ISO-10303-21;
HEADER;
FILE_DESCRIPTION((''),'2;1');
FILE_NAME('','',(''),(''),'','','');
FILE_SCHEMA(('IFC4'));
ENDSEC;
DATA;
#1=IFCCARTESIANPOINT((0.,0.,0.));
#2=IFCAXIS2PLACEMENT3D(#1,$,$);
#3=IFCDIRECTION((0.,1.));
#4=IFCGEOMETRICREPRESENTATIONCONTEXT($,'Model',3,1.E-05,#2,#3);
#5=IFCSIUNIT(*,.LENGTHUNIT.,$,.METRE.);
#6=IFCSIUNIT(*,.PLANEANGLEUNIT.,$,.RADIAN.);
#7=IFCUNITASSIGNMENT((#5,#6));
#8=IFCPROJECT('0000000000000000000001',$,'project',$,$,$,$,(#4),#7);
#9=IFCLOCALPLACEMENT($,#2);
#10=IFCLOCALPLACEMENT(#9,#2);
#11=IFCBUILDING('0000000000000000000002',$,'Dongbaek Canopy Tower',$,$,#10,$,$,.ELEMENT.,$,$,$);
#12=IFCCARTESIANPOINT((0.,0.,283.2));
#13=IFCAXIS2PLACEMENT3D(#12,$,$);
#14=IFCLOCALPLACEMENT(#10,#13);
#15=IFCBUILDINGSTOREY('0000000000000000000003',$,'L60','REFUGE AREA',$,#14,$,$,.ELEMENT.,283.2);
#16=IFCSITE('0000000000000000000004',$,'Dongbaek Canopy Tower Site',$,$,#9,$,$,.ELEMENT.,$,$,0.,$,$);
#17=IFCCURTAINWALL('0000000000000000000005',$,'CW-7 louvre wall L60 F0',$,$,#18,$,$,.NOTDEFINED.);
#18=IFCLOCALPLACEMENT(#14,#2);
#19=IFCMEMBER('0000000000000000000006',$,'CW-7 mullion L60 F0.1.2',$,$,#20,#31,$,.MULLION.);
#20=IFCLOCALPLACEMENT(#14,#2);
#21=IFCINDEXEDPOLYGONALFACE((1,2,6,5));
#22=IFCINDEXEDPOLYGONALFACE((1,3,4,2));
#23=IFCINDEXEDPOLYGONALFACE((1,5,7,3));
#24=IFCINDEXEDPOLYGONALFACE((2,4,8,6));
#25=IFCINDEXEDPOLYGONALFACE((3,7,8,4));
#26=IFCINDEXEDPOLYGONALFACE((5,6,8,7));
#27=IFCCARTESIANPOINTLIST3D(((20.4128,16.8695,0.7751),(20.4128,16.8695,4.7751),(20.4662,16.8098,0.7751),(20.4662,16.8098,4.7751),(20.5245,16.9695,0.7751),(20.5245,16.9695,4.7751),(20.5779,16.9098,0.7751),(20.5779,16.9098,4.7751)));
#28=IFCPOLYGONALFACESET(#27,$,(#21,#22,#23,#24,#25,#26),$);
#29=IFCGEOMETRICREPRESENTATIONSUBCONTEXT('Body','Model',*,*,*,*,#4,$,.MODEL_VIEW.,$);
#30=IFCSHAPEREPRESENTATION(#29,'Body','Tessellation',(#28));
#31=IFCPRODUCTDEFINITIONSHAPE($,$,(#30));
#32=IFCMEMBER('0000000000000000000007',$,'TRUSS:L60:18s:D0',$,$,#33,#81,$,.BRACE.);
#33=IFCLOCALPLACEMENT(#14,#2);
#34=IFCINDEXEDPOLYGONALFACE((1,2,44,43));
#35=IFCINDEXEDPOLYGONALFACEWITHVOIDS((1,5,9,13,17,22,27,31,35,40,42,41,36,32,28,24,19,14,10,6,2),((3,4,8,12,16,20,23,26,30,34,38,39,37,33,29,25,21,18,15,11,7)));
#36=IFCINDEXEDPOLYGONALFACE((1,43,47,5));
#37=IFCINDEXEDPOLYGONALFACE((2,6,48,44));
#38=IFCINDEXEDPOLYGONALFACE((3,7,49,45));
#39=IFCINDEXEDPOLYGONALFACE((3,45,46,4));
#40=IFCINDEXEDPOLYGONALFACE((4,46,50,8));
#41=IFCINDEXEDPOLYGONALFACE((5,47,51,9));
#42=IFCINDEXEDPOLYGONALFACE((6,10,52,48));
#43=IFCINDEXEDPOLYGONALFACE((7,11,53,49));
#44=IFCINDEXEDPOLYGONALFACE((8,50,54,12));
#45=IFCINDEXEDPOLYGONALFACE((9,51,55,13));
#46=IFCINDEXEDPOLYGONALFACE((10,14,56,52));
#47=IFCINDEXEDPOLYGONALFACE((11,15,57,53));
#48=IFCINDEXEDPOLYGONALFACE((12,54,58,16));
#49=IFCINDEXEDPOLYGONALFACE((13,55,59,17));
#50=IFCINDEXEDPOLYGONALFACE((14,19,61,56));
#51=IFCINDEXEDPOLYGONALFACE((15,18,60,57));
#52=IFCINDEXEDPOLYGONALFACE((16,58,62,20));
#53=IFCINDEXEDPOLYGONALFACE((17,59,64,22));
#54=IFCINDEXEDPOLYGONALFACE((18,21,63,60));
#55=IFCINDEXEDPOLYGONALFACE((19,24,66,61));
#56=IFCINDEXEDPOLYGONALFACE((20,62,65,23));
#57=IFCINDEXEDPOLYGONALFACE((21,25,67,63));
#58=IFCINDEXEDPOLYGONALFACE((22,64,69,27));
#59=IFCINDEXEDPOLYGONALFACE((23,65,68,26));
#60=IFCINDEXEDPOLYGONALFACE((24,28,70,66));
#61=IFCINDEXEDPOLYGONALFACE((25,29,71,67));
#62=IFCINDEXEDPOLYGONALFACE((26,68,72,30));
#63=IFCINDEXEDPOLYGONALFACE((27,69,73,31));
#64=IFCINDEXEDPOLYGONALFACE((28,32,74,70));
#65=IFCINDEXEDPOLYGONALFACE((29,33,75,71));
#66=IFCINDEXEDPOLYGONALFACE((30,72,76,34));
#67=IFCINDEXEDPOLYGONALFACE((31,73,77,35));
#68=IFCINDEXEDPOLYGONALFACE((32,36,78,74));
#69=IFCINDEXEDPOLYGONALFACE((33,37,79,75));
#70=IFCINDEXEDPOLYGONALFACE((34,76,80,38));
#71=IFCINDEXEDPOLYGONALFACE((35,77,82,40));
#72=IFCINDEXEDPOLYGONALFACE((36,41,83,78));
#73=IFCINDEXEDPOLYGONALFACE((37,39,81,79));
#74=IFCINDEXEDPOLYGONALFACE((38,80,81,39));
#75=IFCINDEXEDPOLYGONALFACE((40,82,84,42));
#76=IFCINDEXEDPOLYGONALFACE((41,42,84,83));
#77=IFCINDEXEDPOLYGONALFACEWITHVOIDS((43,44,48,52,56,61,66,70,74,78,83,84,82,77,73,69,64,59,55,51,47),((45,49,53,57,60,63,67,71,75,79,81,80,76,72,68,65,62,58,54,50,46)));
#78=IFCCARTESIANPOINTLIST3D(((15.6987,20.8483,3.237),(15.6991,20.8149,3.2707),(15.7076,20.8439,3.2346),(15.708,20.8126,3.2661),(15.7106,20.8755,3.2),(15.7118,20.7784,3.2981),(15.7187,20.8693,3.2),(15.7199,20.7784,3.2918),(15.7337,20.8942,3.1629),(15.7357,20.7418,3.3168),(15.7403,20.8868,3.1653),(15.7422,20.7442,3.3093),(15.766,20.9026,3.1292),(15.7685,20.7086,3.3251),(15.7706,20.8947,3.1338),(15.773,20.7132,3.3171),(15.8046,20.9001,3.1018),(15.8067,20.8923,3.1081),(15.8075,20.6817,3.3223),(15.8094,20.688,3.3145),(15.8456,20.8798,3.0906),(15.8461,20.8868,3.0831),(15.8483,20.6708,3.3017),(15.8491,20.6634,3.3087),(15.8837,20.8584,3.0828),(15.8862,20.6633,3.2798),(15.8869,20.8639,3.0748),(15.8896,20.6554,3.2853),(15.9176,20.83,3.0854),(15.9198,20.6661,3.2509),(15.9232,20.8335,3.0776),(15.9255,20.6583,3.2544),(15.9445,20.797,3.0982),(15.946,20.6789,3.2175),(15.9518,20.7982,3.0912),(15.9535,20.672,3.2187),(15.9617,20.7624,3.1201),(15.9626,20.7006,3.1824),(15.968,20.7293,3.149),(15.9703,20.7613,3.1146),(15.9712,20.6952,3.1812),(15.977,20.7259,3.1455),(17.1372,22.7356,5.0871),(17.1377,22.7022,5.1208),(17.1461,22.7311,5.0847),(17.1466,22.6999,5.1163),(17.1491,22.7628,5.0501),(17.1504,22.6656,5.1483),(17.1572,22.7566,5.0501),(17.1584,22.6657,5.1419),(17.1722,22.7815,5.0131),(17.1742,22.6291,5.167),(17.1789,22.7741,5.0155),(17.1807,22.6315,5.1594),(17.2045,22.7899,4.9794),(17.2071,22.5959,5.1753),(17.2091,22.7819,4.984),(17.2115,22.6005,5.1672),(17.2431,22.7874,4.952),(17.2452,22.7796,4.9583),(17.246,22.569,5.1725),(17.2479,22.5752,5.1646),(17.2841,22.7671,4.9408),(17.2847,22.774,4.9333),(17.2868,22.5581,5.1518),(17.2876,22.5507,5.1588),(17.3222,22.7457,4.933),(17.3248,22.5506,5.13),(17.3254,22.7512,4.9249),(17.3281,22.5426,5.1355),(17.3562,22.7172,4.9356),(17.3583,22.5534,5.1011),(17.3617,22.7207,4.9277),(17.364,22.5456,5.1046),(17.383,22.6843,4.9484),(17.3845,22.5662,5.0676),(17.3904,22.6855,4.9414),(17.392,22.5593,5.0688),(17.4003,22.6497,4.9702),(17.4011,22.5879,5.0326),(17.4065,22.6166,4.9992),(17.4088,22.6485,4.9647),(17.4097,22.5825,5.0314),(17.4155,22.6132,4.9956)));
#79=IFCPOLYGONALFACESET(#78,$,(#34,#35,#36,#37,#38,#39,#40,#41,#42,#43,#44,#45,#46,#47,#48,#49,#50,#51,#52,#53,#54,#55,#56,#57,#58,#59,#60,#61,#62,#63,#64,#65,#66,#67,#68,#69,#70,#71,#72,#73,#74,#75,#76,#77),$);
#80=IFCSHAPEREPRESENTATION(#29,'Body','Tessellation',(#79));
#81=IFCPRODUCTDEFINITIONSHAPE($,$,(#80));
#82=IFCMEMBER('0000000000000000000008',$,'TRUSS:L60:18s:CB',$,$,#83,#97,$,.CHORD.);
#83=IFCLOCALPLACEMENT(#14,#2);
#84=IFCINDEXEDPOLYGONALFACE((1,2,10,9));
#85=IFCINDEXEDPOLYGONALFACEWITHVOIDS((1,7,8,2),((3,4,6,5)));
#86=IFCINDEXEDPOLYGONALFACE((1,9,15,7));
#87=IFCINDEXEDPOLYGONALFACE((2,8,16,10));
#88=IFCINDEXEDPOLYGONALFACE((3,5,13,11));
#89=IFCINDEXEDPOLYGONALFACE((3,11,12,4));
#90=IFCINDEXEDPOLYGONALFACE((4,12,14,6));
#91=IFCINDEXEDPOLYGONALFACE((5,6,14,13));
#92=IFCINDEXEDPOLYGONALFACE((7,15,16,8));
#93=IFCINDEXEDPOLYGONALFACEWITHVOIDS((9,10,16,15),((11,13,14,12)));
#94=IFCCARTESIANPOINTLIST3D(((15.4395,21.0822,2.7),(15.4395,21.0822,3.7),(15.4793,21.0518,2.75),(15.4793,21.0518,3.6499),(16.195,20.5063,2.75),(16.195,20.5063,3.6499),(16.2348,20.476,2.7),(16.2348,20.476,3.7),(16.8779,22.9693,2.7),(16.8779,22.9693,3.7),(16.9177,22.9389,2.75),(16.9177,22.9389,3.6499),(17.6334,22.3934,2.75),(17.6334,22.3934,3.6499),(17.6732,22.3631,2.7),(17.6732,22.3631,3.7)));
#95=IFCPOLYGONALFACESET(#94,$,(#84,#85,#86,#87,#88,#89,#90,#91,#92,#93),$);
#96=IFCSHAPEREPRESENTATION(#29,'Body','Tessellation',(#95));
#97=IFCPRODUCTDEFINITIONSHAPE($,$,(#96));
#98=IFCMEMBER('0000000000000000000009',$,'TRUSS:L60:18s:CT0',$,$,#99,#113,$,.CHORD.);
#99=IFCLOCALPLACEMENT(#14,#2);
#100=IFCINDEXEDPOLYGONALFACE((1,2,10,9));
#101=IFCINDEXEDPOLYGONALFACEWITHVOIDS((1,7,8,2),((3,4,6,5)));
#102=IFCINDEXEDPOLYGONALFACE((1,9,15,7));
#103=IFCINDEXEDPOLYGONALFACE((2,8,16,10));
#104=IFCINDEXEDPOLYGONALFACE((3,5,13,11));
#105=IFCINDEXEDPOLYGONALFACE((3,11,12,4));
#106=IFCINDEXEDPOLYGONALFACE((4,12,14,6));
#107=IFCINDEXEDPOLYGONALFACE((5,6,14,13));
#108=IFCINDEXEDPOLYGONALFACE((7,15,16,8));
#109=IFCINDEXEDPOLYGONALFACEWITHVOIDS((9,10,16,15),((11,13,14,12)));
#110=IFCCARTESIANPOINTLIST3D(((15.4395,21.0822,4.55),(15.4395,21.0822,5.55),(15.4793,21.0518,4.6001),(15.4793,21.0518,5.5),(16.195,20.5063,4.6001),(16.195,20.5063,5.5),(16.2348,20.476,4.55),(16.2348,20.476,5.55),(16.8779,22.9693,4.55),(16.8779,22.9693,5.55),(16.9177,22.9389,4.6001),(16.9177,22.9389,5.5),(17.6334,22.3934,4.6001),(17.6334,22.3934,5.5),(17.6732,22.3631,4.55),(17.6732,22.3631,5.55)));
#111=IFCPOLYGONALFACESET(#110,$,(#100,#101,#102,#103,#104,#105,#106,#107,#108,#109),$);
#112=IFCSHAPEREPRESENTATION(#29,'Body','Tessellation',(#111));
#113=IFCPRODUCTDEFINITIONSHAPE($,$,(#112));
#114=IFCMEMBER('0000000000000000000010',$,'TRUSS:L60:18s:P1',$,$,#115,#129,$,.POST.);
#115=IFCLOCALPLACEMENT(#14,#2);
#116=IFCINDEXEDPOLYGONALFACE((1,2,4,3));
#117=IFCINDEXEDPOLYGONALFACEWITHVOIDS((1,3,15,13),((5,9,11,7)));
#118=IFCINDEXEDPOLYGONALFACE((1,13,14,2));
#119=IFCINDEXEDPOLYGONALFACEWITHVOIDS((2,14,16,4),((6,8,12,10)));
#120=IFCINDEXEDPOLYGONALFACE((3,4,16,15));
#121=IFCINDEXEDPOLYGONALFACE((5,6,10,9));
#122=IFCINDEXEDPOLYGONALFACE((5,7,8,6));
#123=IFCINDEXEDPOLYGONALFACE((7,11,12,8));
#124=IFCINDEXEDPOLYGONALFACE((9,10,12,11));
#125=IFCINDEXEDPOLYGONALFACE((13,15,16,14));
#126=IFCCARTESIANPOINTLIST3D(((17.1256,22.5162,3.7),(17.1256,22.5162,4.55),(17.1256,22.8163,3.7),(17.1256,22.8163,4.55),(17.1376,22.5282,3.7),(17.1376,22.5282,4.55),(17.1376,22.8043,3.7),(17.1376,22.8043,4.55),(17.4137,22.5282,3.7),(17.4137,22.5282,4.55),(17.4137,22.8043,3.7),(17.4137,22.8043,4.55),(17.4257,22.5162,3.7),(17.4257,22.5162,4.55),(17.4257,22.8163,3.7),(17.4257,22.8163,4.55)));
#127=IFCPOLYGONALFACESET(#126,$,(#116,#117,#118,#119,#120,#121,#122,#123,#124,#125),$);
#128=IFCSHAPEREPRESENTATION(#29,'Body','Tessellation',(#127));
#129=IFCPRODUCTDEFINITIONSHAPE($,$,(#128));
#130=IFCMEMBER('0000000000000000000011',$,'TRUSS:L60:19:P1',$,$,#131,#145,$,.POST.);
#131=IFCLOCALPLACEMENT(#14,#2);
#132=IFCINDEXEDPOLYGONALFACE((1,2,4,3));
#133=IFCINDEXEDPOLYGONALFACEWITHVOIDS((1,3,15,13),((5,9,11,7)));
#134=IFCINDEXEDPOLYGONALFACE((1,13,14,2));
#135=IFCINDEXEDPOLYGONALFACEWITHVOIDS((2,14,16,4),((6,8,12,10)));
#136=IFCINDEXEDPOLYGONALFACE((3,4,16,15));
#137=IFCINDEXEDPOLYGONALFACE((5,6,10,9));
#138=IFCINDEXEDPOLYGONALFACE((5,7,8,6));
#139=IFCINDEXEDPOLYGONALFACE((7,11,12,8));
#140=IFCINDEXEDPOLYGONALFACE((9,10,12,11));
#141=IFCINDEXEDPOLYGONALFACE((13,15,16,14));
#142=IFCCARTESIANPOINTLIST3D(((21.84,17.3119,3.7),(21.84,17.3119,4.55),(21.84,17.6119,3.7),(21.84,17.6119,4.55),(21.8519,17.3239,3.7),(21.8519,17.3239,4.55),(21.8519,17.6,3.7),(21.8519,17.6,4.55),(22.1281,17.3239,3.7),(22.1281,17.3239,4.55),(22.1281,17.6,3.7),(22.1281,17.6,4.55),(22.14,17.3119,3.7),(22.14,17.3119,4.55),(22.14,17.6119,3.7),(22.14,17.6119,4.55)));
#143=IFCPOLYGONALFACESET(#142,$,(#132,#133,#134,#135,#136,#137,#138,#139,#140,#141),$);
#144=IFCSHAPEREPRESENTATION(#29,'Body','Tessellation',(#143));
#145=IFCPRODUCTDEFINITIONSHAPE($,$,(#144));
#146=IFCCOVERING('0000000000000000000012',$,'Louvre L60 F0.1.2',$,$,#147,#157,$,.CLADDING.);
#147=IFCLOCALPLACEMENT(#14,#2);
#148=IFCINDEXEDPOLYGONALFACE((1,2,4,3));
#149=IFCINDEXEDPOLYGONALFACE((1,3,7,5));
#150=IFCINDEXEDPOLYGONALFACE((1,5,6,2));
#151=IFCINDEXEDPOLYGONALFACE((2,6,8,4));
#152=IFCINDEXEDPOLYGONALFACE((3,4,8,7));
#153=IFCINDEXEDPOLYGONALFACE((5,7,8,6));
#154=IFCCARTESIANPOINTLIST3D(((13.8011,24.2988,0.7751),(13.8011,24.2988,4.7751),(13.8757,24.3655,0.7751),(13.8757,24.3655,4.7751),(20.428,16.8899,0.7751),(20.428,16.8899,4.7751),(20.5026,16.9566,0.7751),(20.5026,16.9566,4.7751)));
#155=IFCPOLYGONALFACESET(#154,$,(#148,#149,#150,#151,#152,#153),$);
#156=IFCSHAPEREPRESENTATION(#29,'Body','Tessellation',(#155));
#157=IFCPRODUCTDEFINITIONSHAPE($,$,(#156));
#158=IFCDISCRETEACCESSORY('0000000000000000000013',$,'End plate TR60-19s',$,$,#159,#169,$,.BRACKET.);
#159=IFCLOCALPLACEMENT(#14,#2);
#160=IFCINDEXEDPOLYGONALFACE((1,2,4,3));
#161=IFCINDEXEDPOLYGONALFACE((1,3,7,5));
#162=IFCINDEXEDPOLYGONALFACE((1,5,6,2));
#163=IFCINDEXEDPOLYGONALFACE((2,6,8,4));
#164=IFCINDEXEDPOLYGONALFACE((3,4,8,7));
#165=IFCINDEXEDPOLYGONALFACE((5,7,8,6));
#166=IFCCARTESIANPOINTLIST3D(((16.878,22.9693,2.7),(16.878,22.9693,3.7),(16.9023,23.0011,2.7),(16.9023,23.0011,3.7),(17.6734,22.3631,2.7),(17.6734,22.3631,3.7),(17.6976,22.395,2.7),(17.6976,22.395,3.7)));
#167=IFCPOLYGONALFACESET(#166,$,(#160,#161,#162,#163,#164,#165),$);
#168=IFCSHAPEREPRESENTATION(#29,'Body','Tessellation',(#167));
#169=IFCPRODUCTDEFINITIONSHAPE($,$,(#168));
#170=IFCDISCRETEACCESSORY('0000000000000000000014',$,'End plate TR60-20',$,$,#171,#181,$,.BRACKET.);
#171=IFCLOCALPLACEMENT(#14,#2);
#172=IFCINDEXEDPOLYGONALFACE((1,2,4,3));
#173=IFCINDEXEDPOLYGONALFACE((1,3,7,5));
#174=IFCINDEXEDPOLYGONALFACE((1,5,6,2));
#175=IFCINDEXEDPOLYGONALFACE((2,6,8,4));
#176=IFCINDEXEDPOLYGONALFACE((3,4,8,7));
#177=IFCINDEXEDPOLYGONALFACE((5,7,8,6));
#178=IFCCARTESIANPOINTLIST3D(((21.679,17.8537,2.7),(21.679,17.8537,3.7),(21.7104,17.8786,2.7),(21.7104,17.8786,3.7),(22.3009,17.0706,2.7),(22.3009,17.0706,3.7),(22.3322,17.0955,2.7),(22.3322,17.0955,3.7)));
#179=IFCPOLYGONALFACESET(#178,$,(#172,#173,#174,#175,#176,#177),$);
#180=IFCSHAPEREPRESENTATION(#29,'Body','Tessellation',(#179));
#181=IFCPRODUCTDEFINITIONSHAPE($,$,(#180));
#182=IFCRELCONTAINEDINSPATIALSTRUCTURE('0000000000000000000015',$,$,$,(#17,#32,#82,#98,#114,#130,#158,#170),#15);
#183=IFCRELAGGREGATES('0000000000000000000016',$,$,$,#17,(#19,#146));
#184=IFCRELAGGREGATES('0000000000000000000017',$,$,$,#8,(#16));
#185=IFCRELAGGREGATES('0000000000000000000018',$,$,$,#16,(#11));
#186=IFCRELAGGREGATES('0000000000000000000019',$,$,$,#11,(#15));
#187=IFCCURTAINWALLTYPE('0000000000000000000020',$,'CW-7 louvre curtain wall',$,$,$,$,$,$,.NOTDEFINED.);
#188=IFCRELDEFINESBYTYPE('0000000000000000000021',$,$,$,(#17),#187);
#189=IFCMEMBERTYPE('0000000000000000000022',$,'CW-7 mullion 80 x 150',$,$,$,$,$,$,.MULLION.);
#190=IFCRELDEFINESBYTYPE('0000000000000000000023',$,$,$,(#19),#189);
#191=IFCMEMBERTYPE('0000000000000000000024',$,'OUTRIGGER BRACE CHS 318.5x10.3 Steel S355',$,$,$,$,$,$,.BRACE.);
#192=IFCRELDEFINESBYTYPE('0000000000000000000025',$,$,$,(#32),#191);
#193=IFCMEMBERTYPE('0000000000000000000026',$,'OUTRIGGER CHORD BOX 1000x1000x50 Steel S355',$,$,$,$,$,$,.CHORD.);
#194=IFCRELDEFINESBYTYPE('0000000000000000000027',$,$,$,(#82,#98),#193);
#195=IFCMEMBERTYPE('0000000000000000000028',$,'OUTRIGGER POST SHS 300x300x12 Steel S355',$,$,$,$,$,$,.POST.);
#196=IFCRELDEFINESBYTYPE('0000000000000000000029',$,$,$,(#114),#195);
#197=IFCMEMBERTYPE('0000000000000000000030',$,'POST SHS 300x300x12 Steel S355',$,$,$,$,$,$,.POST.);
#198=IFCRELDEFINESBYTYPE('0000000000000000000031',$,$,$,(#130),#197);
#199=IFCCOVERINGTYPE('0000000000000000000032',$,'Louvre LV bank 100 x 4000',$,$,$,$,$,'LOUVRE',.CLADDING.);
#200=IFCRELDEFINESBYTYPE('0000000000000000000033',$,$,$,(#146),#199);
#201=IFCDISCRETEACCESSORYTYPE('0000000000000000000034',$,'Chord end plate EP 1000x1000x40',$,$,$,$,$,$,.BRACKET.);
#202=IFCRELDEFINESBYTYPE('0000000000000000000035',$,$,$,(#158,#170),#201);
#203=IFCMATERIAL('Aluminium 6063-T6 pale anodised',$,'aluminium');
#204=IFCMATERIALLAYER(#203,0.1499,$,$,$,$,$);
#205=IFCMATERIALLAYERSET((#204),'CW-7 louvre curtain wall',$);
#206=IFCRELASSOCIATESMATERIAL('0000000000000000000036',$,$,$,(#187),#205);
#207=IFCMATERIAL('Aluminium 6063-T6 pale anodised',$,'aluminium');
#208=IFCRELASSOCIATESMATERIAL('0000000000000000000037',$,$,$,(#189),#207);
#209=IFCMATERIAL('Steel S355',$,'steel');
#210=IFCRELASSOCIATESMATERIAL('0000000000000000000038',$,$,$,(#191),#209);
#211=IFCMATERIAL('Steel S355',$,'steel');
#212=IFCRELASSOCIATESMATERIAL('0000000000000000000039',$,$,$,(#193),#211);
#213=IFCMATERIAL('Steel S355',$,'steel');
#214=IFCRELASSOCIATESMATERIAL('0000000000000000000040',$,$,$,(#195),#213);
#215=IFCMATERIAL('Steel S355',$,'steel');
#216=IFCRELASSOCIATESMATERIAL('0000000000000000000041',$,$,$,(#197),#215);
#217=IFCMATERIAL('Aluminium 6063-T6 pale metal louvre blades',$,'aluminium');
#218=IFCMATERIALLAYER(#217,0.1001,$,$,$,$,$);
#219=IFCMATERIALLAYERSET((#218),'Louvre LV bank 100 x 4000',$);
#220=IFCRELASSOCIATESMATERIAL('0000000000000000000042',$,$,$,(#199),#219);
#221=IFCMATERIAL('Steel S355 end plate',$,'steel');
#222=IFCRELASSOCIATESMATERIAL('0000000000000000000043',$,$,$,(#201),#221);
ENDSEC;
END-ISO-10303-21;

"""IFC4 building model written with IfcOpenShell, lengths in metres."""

from ifc_helpers import new_model, si_unit, direction, frame, origin, origin_2d, place, context, subcontext, project, spatial, rectangle, hollow_rectangle, hollow_circle, extrude, material, layer, layer_set, material_profile, profile_set, type_object, element, aggregate, save


model = new_model("IFC4")

# Units and contexts
model_context = context("Model", 3, precision=1e-05, world=origin(), true_north=direction((0.0, 1.0)))
body_context = subcontext(model_context, "Body", "Model", "MODEL_VIEW")
ifc_project = project(units=[si_unit("LENGTHUNIT", "METRE"), si_unit("PLANEANGLEUNIT", "RADIAN")], contexts=[model_context])

# Site, building, storey
site_placement = place(None, origin())
site = spatial("IfcSite", under=ifc_project, at=site_placement, Name="Dongbaek Canopy Tower Site", CompositionType="ELEMENT", RefElevation=0.0)
building_placement = place(site_placement, origin())
building = spatial("IfcBuilding", under=site, at=building_placement, Name="Dongbaek Canopy Tower", CompositionType="ELEMENT")
storey_placement = place(building_placement, frame((0.0, 0.0, 283.2)))
storey = spatial("IfcBuildingStorey", under=building, at=storey_placement, Name="L60", Description="REFUGE AREA", CompositionType="ELEMENT", Elevation=283.2)

# Curtain wall, member
ifc_material_1 = material(Name="Aluminium 6063-T6 pale anodised", Category="aluminium")
ifc_layer_1 = layer(ifc_material_1, 0.1499)
ifc_layer_set_1 = layer_set([ifc_layer_1], Name="CW-7 louvre curtain wall")
curtain_wall_type = type_object("IfcCurtainWallType", Name="CW-7 louvre curtain wall", PredefinedType="NOTDEFINED", material=ifc_layer_set_1)
curtain_wall_placement = place(storey_placement, origin())
curtain_wall = element("IfcCurtainWall", 1, at=curtain_wall_placement, inside=storey, type_object=curtain_wall_type, Name="CW-7 louvre wall L60 F0", PredefinedType="NOTDEFINED")
ifc_material_2 = material(Name="Aluminium 6063-T6 pale anodised", Category="aluminium")
ifc_material_profile_1 = material_profile(ifc_material_2, rectangle(XDim=0.1499, YDim=0.0801, at=origin_2d()), Name="CW-7 mullion 80 x 150")
ifc_profile_set_1 = profile_set([ifc_material_profile_1], Name="Aluminium 6063-T6 pale anodised")
member_type_1 = type_object("IfcMemberType", Name="CW-7 mullion 80 x 150", PredefinedType="MULLION", material=ifc_profile_set_1)
member_1_placement = place(storey_placement, frame((20.4954, 16.8896, 0.7751), z_axis=(0.0, 0.0, 1.0), x_axis=(0.745349, 0.666674, 0.0)))
member_1 = element("IfcMember", 2, at=member_1_placement, type_object=member_type_1, Name="CW-7 mullion L60 F0.1.2", PredefinedType="MULLION", context=body_context, shape_type="SweptSolid", body=[
    extrude(rectangle(XDim=0.1499, YDim=0.0801, at=origin_2d()), origin(), (0.0, 0.0, 1.0), 4.0),
])

# Members
ifc_material_3 = material(Name="Steel S355", Category="steel")
ifc_material_profile_2 = material_profile(ifc_material_3, hollow_circle(Radius=0.1592, WallThickness=0.0103, at=origin_2d()), Name="OUTRIGGER BRACE CHS 318.5x10.3 Steel S355")
ifc_profile_set_2 = profile_set([ifc_material_profile_2], Name="Steel S355")
member_type_2 = type_object("IfcMemberType", Name="OUTRIGGER BRACE CHS 318.5x10.3 Steel S355", PredefinedType="BRACE", material=ifc_profile_set_2)
member_2_placement = place(storey_placement, frame((15.8372, 20.7791, 3.2), z_axis=(0.47807, 0.627203, 0.61487), x_axis=(-0.795309, 0.606204, 0.0)))
element("IfcMember", 3, at=member_2_placement, inside=storey, type_object=member_type_2, Name="TRUSS:L60:18s:D0", PredefinedType="BRACE", context=body_context, shape_type="SweptSolid", body=[
    extrude(hollow_circle(Radius=0.1592, WallThickness=0.0103, at=origin_2d()), origin(), (0.0, 0.0, 1.0), 3.009),
])
ifc_material_4 = material(Name="Steel S355", Category="steel")
ifc_material_profile_3 = material_profile(ifc_material_4, hollow_rectangle(XDim=1.0, YDim=1.0, WallThickness=0.05, at=origin_2d()), Name="OUTRIGGER CHORD BOX 1000x1000x50 Steel S355")
ifc_profile_set_3 = profile_set([ifc_material_profile_3], Name="Steel S355")
member_type_3 = type_object("IfcMemberType", Name="OUTRIGGER CHORD BOX 1000x1000x50 Steel S355", PredefinedType="CHORD", material=ifc_profile_set_3)
for number, where, z_axis, x_axis, name in (
    (4, (15.8372, 20.7791, 3.2), (0.606204, 0.795309, 0.0), (-0.795309, 0.606204, 0.0), "TRUSS:L60:18s:CB"),
    (5, (15.8372, 20.7791, 5.05), (0.606204, 0.795309, 0.0), (-0.795309, 0.606204, 0.0), "TRUSS:L60:18s:CT0"),
):
    element("IfcMember", number, at=place(storey_placement, frame(where, z_axis=z_axis, x_axis=x_axis)), inside=storey, type_object=member_type_3, Name=name, PredefinedType="CHORD", context=body_context, shape_type="SweptSolid", body=[
        extrude(hollow_rectangle(XDim=1.0, YDim=1.0, WallThickness=0.05, at=origin_2d()), origin(), (0.0, 0.0, 1.0), 2.3728),
    ])
ifc_material_5 = material(Name="Steel S355", Category="steel")
ifc_material_profile_4 = material_profile(ifc_material_5, hollow_rectangle(XDim=0.3, YDim=0.3, WallThickness=0.012, at=origin_2d()), Name="OUTRIGGER POST SHS 300x300x12 Steel S355")
ifc_profile_set_4 = profile_set([ifc_material_profile_4], Name="Steel S355")
member_type_4 = type_object("IfcMemberType", Name="OUTRIGGER POST SHS 300x300x12 Steel S355", PredefinedType="POST", material=ifc_profile_set_4)
member_3_placement = place(storey_placement, frame((17.2756, 22.6663, 3.7), z_axis=(0.0, 0.0, 1.0), x_axis=(1.0, 0.0, 0.0)))
element("IfcMember", 6, at=member_3_placement, inside=storey, type_object=member_type_4, Name="TRUSS:L60:18s:P1", PredefinedType="POST", context=body_context, shape_type="SweptSolid", body=[
    extrude(hollow_rectangle(XDim=0.3, YDim=0.3, WallThickness=0.012, at=origin_2d()), origin(), (0.0, 0.0, 1.0), 0.8501),
])
ifc_material_6 = material(Name="Steel S355", Category="steel")
ifc_material_profile_5 = material_profile(ifc_material_6, hollow_rectangle(XDim=0.3, YDim=0.3, WallThickness=0.012, at=origin_2d()), Name="POST SHS 300x300x12 Steel S355")
ifc_profile_set_5 = profile_set([ifc_material_profile_5], Name="Steel S355")
member_type_5 = type_object("IfcMemberType", Name="POST SHS 300x300x12 Steel S355", PredefinedType="POST", material=ifc_profile_set_5)
member_4_placement = place(storey_placement, frame((21.99, 17.4619, 3.7), z_axis=(0.0, 0.0, 1.0), x_axis=(1.0, 0.0, 0.0)))
element("IfcMember", 7, at=member_4_placement, inside=storey, type_object=member_type_5, Name="TRUSS:L60:19:P1", PredefinedType="POST", context=body_context, shape_type="SweptSolid", body=[
    extrude(hollow_rectangle(XDim=0.3, YDim=0.3, WallThickness=0.012, at=origin_2d()), origin(), (0.0, 0.0, 1.0), 0.8501),
])

# Covering
ifc_material_7 = material(Name="Aluminium 6063-T6 pale metal louvre blades", Category="aluminium")
ifc_layer_2 = layer(ifc_material_7, 0.1001)
ifc_layer_set_2 = layer_set([ifc_layer_2], Name="Louvre LV bank 100 x 4000")
covering_type = type_object("IfcCoveringType", Name="Louvre LV bank 100 x 4000", ElementType="LOUVRE", PredefinedType="CLADDING", material=ifc_layer_set_2)
covering_placement = place(storey_placement, frame((17.1519, 20.6277, 0.7751), z_axis=(0.0, 0.0, 1.0), x_axis=(-0.666674, 0.745349, 0.0)))
covering = element("IfcCovering", 8, at=covering_placement, type_object=covering_type, Name="Louvre L60 F0.1.2", PredefinedType="CLADDING", context=body_context, shape_type="SweptSolid", body=[
    extrude(rectangle(XDim=9.9402, YDim=0.1001, at=origin_2d()), origin(), (0.0, 0.0, 1.0), 4.0),
])

# Discrete accessories
ifc_material_8 = material(Name="Steel S355 end plate", Category="steel")
discrete_accessory_type_1 = type_object("IfcDiscreteAccessoryType", Name="Chord end plate EP 1000x1000x40", PredefinedType="BRACKET", material=ifc_material_8)
for number, where, z_axis, x_axis, name in (
    (9, (17.2878, 22.6821, 2.7), (0.0, 0.0, 1.0), (-0.606179, -0.795329, 0.0), "End plate TR60-19s"),
    (10, (22.0056, 17.4746, 2.7), (0.0, 0.0, 1.0), (-0.783122, -0.621868, 0.0), "End plate TR60-20"),
):
    element("IfcDiscreteAccessory", number, at=place(storey_placement, frame(where, z_axis=z_axis, x_axis=x_axis)), inside=storey, type_object=discrete_accessory_type_1, Name=name, PredefinedType="BRACKET", context=body_context, shape_type="SweptSolid", body=[
        extrude(rectangle(XDim=0.04, YDim=1.0, at=origin_2d()), origin(), (0.0, 0.0, 1.0), 1.0),
    ])

aggregate(curtain_wall, [member_1, covering])

save(model, "model.ifc")
